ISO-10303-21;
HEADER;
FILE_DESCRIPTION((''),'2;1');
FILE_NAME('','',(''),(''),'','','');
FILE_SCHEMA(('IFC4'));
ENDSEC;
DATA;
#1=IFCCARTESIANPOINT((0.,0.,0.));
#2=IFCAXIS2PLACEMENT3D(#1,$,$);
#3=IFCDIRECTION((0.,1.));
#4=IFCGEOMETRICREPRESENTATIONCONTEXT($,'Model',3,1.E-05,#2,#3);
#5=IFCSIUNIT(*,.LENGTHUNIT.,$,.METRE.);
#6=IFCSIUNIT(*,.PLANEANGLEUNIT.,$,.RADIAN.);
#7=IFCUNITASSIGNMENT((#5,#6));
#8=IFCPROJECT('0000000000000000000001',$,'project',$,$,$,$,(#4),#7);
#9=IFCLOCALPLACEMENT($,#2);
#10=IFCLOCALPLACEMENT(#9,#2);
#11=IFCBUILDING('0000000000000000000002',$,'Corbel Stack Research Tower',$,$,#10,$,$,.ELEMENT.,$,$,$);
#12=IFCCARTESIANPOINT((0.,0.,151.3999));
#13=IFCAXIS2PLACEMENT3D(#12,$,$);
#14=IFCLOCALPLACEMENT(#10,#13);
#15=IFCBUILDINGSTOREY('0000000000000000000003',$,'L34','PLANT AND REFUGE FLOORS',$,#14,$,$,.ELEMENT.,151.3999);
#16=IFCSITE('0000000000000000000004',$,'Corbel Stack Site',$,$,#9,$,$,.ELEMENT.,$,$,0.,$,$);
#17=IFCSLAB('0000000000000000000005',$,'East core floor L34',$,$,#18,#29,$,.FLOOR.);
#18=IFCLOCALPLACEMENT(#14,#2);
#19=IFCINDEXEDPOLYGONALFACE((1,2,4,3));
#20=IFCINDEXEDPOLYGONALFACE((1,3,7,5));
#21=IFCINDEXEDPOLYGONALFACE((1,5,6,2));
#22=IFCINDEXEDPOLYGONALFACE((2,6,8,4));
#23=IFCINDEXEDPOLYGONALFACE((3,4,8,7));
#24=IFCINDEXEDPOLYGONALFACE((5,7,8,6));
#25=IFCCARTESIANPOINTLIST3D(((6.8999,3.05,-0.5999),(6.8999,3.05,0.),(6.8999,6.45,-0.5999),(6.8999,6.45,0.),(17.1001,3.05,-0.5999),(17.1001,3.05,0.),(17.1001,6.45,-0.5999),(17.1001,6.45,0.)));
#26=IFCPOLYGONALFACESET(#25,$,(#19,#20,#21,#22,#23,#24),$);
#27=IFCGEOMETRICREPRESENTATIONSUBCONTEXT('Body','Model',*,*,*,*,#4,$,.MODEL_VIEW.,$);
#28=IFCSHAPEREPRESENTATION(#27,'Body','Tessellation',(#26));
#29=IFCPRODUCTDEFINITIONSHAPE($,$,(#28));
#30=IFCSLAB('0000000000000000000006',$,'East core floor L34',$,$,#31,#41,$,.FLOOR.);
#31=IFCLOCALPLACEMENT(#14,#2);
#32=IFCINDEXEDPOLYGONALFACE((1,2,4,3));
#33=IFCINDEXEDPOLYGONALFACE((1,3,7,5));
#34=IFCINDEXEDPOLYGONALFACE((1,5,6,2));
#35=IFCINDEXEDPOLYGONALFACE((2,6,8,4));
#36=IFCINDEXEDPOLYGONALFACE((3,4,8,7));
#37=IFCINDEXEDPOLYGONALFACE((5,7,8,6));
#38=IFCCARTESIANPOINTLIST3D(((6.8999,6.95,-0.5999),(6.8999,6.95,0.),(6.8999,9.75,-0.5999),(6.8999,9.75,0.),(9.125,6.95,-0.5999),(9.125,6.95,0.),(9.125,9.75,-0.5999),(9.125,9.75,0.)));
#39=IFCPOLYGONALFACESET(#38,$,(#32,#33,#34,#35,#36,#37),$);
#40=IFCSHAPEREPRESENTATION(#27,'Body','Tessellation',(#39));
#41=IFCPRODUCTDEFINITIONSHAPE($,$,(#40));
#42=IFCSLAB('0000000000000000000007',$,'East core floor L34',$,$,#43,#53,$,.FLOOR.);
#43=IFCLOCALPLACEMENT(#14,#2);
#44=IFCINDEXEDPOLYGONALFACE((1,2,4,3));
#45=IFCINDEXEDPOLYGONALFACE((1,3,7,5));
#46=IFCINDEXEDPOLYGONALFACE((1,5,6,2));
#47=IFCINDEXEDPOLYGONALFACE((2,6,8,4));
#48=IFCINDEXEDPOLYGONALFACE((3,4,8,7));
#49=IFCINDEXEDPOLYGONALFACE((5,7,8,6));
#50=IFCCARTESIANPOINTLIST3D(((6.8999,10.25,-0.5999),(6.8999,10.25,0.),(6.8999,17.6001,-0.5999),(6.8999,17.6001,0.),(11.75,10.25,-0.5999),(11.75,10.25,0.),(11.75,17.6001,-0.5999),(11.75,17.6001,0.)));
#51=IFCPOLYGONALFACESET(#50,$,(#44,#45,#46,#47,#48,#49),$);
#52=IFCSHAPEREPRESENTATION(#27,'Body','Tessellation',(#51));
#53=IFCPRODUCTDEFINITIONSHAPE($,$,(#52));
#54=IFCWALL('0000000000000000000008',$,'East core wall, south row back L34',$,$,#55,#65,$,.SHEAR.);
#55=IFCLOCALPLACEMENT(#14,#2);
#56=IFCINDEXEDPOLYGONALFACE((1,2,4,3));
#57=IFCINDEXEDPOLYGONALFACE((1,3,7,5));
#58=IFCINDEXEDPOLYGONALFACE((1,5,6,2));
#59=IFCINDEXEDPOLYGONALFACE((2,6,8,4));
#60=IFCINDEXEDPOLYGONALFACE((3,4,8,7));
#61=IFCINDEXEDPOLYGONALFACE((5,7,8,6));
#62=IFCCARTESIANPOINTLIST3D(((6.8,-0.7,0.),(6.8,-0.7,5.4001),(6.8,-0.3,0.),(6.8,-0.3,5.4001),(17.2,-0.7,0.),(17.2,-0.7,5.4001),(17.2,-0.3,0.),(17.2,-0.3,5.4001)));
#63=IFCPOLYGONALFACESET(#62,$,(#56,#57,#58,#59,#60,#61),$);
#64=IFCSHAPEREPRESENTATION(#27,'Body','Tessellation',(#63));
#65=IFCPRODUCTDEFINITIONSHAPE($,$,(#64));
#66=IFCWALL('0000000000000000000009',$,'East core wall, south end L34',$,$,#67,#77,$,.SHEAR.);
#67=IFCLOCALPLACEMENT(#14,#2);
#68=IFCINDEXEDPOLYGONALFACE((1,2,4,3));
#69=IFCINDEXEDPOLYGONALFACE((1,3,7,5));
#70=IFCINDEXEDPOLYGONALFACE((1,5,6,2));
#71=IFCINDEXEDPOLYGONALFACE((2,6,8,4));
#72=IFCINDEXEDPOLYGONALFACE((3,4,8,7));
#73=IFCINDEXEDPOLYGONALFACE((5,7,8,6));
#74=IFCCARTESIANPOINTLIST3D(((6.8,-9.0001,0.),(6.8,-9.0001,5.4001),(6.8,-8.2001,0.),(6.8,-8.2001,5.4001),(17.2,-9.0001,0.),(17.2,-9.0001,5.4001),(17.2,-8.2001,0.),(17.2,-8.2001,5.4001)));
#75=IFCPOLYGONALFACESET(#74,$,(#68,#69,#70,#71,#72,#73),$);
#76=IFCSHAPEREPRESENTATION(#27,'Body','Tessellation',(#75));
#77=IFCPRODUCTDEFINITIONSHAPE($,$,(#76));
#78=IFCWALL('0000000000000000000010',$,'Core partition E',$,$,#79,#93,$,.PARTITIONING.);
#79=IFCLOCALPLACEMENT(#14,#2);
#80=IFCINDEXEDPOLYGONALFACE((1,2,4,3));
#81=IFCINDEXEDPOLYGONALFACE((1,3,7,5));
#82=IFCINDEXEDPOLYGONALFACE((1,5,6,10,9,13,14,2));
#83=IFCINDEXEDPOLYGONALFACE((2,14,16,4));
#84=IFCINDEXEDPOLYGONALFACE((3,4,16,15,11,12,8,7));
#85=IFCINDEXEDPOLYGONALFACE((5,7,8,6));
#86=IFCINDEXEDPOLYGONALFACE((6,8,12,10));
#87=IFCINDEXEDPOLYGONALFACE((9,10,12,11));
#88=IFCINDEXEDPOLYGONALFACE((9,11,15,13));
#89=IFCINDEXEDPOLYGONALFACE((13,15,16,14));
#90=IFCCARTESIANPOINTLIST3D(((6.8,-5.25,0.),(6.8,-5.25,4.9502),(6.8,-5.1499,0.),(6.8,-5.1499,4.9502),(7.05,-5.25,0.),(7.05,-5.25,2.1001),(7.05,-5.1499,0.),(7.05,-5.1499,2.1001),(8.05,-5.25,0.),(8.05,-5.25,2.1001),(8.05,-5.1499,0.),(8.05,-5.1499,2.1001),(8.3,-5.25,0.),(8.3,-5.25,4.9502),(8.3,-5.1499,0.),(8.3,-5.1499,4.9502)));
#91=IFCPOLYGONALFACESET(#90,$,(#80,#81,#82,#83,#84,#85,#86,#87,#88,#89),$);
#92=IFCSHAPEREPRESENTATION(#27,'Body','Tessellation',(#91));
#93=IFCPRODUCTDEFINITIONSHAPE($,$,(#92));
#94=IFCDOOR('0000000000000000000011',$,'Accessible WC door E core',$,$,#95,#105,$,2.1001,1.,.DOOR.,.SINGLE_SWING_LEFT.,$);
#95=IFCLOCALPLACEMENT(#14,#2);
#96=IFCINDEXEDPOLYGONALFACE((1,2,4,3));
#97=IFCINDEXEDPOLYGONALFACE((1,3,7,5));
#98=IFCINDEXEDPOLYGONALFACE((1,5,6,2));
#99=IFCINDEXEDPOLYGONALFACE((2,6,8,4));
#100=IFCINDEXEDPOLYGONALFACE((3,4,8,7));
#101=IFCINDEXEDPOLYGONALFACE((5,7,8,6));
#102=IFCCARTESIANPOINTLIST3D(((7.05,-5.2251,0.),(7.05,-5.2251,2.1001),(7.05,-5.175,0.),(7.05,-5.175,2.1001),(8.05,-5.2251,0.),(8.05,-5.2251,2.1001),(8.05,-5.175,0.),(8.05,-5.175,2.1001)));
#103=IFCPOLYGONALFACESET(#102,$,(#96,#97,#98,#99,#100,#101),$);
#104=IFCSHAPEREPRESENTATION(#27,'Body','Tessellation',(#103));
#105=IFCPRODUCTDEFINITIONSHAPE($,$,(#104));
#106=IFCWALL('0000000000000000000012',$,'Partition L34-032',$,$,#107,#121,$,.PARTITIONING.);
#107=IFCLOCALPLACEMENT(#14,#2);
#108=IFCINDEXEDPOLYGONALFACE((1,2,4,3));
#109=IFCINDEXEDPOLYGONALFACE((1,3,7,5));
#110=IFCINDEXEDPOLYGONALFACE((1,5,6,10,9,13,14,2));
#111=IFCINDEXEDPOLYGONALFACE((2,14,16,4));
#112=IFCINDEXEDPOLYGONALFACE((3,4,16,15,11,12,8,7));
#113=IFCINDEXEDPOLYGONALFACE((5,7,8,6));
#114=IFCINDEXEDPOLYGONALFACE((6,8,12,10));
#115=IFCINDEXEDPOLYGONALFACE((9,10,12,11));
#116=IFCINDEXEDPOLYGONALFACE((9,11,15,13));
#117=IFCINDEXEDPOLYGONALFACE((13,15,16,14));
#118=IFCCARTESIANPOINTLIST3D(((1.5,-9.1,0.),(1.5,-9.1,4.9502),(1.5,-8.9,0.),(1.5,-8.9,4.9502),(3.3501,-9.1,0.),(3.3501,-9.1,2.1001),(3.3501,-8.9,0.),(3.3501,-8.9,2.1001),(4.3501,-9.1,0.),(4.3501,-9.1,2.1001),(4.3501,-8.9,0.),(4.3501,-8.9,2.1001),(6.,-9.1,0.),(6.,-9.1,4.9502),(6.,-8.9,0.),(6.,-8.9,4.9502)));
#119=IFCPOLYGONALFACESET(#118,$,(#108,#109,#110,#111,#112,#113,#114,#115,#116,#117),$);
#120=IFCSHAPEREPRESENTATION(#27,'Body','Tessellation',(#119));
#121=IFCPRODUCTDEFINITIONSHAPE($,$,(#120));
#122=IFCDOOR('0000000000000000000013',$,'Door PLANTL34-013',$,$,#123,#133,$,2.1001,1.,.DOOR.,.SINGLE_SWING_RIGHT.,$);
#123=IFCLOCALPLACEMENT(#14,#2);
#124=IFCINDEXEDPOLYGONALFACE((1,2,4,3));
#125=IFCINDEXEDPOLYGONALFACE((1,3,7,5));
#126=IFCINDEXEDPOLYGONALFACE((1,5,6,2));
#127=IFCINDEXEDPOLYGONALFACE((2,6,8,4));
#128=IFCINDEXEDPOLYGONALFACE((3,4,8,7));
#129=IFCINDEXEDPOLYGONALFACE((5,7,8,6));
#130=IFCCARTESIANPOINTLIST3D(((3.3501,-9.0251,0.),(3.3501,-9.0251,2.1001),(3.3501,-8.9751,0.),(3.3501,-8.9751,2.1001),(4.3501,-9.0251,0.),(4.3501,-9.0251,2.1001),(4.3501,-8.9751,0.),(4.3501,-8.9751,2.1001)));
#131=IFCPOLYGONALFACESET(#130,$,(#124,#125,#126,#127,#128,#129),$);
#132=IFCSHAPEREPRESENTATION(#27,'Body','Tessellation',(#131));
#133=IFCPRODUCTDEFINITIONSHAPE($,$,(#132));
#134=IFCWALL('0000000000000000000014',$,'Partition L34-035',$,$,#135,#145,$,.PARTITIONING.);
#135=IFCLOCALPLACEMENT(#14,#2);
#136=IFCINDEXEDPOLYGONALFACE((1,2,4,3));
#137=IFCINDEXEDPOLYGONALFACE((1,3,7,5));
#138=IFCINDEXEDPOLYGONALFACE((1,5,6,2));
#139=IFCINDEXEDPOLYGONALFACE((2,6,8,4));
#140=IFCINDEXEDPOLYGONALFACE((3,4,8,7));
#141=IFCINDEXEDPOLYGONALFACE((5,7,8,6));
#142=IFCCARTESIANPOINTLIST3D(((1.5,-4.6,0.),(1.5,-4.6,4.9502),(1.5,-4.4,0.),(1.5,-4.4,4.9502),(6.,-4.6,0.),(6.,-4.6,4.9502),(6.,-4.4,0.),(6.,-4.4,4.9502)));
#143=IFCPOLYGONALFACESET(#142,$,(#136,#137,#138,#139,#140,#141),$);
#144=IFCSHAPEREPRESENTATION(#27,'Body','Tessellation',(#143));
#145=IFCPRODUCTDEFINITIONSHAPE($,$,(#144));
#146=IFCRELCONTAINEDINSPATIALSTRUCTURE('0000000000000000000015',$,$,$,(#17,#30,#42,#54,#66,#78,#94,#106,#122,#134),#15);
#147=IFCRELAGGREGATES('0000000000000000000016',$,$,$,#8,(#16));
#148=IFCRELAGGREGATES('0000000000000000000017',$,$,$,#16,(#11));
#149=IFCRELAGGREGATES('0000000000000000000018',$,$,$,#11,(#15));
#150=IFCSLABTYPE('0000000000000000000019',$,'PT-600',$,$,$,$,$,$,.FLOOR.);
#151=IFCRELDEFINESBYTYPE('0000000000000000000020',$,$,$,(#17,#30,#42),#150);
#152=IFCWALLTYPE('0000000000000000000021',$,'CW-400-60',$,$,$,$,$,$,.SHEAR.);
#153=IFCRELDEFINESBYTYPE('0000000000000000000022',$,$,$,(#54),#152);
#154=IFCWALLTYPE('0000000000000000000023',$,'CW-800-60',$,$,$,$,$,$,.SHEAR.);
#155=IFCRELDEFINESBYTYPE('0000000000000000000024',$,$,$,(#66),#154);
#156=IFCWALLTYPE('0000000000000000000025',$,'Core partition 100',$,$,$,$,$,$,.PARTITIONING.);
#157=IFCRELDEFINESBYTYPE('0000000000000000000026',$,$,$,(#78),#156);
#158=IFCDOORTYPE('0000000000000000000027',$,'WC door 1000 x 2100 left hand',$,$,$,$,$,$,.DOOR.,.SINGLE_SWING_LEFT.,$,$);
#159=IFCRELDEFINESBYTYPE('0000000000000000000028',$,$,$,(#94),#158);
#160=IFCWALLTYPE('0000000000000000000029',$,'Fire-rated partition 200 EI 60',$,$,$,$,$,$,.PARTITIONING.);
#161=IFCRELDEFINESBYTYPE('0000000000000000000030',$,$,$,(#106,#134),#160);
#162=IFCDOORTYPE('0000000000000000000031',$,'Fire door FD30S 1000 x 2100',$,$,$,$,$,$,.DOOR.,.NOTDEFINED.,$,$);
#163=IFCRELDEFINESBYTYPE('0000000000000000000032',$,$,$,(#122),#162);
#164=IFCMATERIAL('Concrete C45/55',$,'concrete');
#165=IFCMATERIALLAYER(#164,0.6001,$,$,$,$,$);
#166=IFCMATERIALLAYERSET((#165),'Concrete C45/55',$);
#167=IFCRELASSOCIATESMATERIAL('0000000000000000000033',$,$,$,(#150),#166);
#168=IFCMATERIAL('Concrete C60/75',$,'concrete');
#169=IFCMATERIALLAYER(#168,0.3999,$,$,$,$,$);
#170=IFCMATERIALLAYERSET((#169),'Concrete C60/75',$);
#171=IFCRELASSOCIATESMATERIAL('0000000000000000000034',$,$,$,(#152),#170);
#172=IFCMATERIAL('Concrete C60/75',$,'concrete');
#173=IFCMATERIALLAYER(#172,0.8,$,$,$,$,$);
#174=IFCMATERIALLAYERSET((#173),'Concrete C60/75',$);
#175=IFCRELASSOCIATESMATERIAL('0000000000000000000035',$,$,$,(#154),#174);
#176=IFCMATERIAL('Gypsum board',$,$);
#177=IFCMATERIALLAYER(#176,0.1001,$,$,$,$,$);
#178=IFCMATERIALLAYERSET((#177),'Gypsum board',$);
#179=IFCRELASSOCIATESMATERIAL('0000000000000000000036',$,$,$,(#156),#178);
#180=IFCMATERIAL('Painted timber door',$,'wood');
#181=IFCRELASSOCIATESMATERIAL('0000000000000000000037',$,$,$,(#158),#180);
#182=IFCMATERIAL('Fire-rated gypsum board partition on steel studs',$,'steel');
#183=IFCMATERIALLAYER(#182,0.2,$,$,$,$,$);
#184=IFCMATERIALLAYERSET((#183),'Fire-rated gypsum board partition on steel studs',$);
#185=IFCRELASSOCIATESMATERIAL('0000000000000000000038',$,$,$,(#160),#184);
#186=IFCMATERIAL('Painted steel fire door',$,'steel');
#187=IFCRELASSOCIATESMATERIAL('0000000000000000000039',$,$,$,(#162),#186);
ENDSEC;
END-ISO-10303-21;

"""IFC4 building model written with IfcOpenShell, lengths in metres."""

from ifc_helpers import new_model, si_unit, direction, frame, frame_2d, origin, place, context, subcontext, project, spatial, polyline, rectangle, outline, extrude, material, layer, layer_set, type_object, element, fill, save


model = new_model("IFC4")

# Units and contexts
model_context = context("Model", 3, precision=1e-05, world=origin(), true_north=direction((0.0, 1.0)))
body_context = subcontext(model_context, "Body", "Model", "MODEL_VIEW")
ifc_project = project(units=[si_unit("LENGTHUNIT", "METRE"), si_unit("PLANEANGLEUNIT", "RADIAN")], contexts=[model_context])

# Site, building, storey
site_placement = place(None, origin())
site = spatial("IfcSite", under=ifc_project, at=site_placement, Name="Corbel Stack Site", CompositionType="ELEMENT", RefElevation=0.0)
building_placement = place(site_placement, origin())
building = spatial("IfcBuilding", under=site, at=building_placement, Name="Corbel Stack Research Tower", CompositionType="ELEMENT")
storey_placement = place(building_placement, frame((0.0, 0.0, 151.3999)))
storey = spatial("IfcBuildingStorey", under=building, at=storey_placement, Name="L34", Description="PLANT AND REFUGE FLOORS", CompositionType="ELEMENT", Elevation=151.3999)

# Slabs
ifc_material_1 = material(Name="Concrete C45/55", Category="concrete")
ifc_layer_1 = layer(ifc_material_1, 0.6001)
ifc_layer_set_1 = layer_set([ifc_layer_1], Name="Concrete C45/55")
slab_type = type_object("IfcSlabType", Name="PT-600", PredefinedType="FLOOR", material=ifc_layer_set_1)
slab_1_placement = place(storey_placement, frame((0.0, 0.0, -0.5999)))
element("IfcSlab", 1, at=slab_1_placement, inside=storey, type_object=slab_type, Name="East core floor L34", PredefinedType="FLOOR", context=body_context, shape_type="SweptSolid", body=[
    extrude(outline(polyline([(6.8999, 6.45), (6.8999, 3.05), (17.1001, 3.05), (17.1001, 6.45), (6.8999, 6.45)])), origin(), (0.0, 0.0, 1.0), 0.5999),
])
slab_2_placement = place(storey_placement, frame((0.0, 0.0, -0.5999)))
element("IfcSlab", 2, at=slab_2_placement, inside=storey, type_object=slab_type, Name="East core floor L34", PredefinedType="FLOOR", context=body_context, shape_type="SweptSolid", body=[
    extrude(outline(polyline([(6.8999, 6.95), (9.125, 6.95), (9.125, 9.75), (6.8999, 9.75), (6.8999, 6.95)])), origin(), (0.0, 0.0, 1.0), 0.5999),
])
slab_3_placement = place(storey_placement, frame((0.0, 0.0, -0.5999)))
element("IfcSlab", 3, at=slab_3_placement, inside=storey, type_object=slab_type, Name="East core floor L34", PredefinedType="FLOOR", context=body_context, shape_type="SweptSolid", body=[
    extrude(outline(polyline([(6.8999, 17.6001), (6.8999, 10.25), (11.75, 10.25), (11.75, 17.6001), (6.8999, 17.6001)])), origin(), (0.0, 0.0, 1.0), 0.5999),
])

# Wall
ifc_material_2 = material(Name="Concrete C60/75", Category="concrete")
ifc_layer_2 = layer(ifc_material_2, 0.3999)
ifc_layer_set_2 = layer_set([ifc_layer_2], Name="Concrete C60/75")
wall_type_1 = type_object("IfcWallType", Name="CW-400-60", PredefinedType="SHEAR", material=ifc_layer_set_2)
wall_1_placement = place(storey_placement, frame((6.8, -0.5, 0.0), z_axis=(0.0, 0.0, 1.0), x_axis=(1.0, 0.0, 0.0)))
element("IfcWall", 4, at=wall_1_placement, inside=storey, type_object=wall_type_1, Name="East core wall, south row back L34", PredefinedType="SHEAR", context=body_context, shape_type="SweptSolid", body=[
    extrude(rectangle(XDim=10.3999, YDim=0.3999, at=frame_2d((5.2, 0.0))), origin(), (0.0, 0.0, 1.0), 5.4001),
])

# Shared definitions
ifc_material_3 = material(Name="Concrete C60/75", Category="concrete")
ifc_layer_3 = layer(ifc_material_3, 0.8)
ifc_layer_set_3 = layer_set([ifc_layer_3], Name="Concrete C60/75")
wall_type_2 = type_object("IfcWallType", Name="CW-800-60", PredefinedType="SHEAR", material=ifc_layer_set_3)

# Wall
wall_2_placement = place(storey_placement, frame((6.8, -8.6001, 0.0), z_axis=(0.0, 0.0, 1.0), x_axis=(1.0, 0.0, 0.0)))
element("IfcWall", 5, at=wall_2_placement, inside=storey, type_object=wall_type_2, Name="East core wall, south end L34", PredefinedType="SHEAR", context=body_context, shape_type="SweptSolid", body=[
    extrude(rectangle(XDim=10.3999, YDim=0.8, at=frame_2d((5.2, 0.0))), origin(), (0.0, 0.0, 1.0), 5.4001),
])

# Walls, openings, doors
ifc_material_4 = material(Name="Gypsum board")
ifc_layer_4 = layer(ifc_material_4, 0.1001)
ifc_layer_set_4 = layer_set([ifc_layer_4], Name="Gypsum board")
wall_type_3 = type_object("IfcWallType", Name="Core partition 100", PredefinedType="PARTITIONING", material=ifc_layer_set_4)
wall_3_placement = place(storey_placement, frame((6.8, -5.2, 0.0), z_axis=(0.0, 0.0, 1.0), x_axis=(1.0, 0.0, 0.0)))
wall_3 = element("IfcWall", 6, at=wall_3_placement, inside=storey, type_object=wall_type_3, Name="Core partition E", PredefinedType="PARTITIONING", context=body_context, shape_type="SweptSolid", body=[
    extrude(rectangle(XDim=1.5, YDim=0.1001, at=frame_2d((0.75, 0.0))), origin(), (0.0, 0.0, 1.0), 4.9502),
])
opening_1_placement = place(wall_3_placement, frame((0.25, 0.0, 0.0)))
opening_1 = element("IfcOpeningElement", 7, at=opening_1_placement, cuts=wall_3, PredefinedType="OPENING", context=body_context, shape_type="SweptSolid", body=[
    extrude(rectangle(XDim=1.0, YDim=2.1001, at=frame_2d((0.5, 1.05))), frame((0.0, 0.0601, 0.0), z_axis=(0.0, -1.0, 0.0), x_axis=(1.0, 0.0, 0.0)), (0.0, 0.0, 1.0), 0.1201),
])
ifc_material_5 = material(Name="Painted timber door", Category="wood")
door_type_1 = type_object("IfcDoorType", Name="WC door 1000 x 2100 left hand", OperationType="SINGLE_SWING_LEFT", PredefinedType="DOOR", material=ifc_material_5)
door_1_placement = place(opening_1_placement, origin())
door_1 = element("IfcDoor", 8, at=door_1_placement, inside=storey, type_object=door_type_1, Name="Accessible WC door E core", OperationType="SINGLE_SWING_LEFT", OverallHeight=2.1001, OverallWidth=1.0, PredefinedType="DOOR", context=body_context, shape_type="SweptSolid", body=[
    extrude(rectangle(XDim=1.0, YDim=2.1001, at=frame_2d((0.5, 1.05))), frame((0.0, 0.0249, 0.0), z_axis=(0.0, -1.0, 0.0), x_axis=(1.0, 0.0, 0.0)), (0.0, 0.0, 1.0), 0.05),
])
fill(opening_1, door_1)
ifc_material_6 = material(Name="Fire-rated gypsum board partition on steel studs", Category="steel")
ifc_layer_5 = layer(ifc_material_6, 0.2)
ifc_layer_set_5 = layer_set([ifc_layer_5], Name="Fire-rated gypsum board partition on steel studs")
wall_type_4 = type_object("IfcWallType", Name="Fire-rated partition 200 EI 60", PredefinedType="PARTITIONING", material=ifc_layer_set_5)
wall_4_placement = place(storey_placement, frame((1.5, -9.0, 0.0), z_axis=(0.0, 0.0, 1.0), x_axis=(1.0, 0.0, 0.0)))
wall_4 = element("IfcWall", 9, at=wall_4_placement, inside=storey, type_object=wall_type_4, Name="Partition L34-032", PredefinedType="PARTITIONING", context=body_context, shape_type="SweptSolid", body=[
    extrude(rectangle(XDim=4.5, YDim=0.2, at=frame_2d((2.25, 0.0))), origin(), (0.0, 0.0, 1.0), 4.9502),
])
opening_2_placement = place(wall_4_placement, frame((1.8501, 0.0, 0.0)))
opening_2 = element("IfcOpeningElement", 10, at=opening_2_placement, cuts=wall_4, PredefinedType="OPENING", context=body_context, shape_type="SweptSolid", body=[
    extrude(rectangle(XDim=1.0, YDim=2.1001, at=frame_2d((0.5, 1.05))), frame((0.0, 0.1099, 0.0), z_axis=(0.0, -1.0, 0.0), x_axis=(1.0, 0.0, 0.0)), (0.0, 0.0, 1.0), 0.22),
])
ifc_material_7 = material(Name="Painted steel fire door", Category="steel")
door_type_2 = type_object("IfcDoorType", Name="Fire door FD30S 1000 x 2100", OperationType="NOTDEFINED", PredefinedType="DOOR", material=ifc_material_7)
door_2_placement = place(opening_2_placement, origin())
door_2 = element("IfcDoor", 11, at=door_2_placement, inside=storey, type_object=door_type_2, Name="Door PLANTL34-013", OperationType="SINGLE_SWING_RIGHT", OverallHeight=2.1001, OverallWidth=1.0, PredefinedType="DOOR", context=body_context, shape_type="SweptSolid", body=[
    extrude(rectangle(XDim=1.0, YDim=2.1001, at=frame_2d((0.5, 1.05))), frame((0.0, 0.0249, 0.0), z_axis=(0.0, -1.0, 0.0), x_axis=(1.0, 0.0, 0.0)), (0.0, 0.0, 1.0), 0.05),
])
fill(opening_2, door_2)

# Wall
wall_5_placement = place(storey_placement, frame((1.5, -4.5, 0.0), z_axis=(0.0, 0.0, 1.0), x_axis=(1.0, 0.0, 0.0)))
element("IfcWall", 12, at=wall_5_placement, inside=storey, type_object=wall_type_4, Name="Partition L34-035", PredefinedType="PARTITIONING", context=body_context, shape_type="SweptSolid", body=[
    extrude(rectangle(XDim=4.5, YDim=0.2, at=frame_2d((2.25, 0.0))), origin(), (0.0, 0.0, 1.0), 4.9502),
])

save(model, "model.ifc")
